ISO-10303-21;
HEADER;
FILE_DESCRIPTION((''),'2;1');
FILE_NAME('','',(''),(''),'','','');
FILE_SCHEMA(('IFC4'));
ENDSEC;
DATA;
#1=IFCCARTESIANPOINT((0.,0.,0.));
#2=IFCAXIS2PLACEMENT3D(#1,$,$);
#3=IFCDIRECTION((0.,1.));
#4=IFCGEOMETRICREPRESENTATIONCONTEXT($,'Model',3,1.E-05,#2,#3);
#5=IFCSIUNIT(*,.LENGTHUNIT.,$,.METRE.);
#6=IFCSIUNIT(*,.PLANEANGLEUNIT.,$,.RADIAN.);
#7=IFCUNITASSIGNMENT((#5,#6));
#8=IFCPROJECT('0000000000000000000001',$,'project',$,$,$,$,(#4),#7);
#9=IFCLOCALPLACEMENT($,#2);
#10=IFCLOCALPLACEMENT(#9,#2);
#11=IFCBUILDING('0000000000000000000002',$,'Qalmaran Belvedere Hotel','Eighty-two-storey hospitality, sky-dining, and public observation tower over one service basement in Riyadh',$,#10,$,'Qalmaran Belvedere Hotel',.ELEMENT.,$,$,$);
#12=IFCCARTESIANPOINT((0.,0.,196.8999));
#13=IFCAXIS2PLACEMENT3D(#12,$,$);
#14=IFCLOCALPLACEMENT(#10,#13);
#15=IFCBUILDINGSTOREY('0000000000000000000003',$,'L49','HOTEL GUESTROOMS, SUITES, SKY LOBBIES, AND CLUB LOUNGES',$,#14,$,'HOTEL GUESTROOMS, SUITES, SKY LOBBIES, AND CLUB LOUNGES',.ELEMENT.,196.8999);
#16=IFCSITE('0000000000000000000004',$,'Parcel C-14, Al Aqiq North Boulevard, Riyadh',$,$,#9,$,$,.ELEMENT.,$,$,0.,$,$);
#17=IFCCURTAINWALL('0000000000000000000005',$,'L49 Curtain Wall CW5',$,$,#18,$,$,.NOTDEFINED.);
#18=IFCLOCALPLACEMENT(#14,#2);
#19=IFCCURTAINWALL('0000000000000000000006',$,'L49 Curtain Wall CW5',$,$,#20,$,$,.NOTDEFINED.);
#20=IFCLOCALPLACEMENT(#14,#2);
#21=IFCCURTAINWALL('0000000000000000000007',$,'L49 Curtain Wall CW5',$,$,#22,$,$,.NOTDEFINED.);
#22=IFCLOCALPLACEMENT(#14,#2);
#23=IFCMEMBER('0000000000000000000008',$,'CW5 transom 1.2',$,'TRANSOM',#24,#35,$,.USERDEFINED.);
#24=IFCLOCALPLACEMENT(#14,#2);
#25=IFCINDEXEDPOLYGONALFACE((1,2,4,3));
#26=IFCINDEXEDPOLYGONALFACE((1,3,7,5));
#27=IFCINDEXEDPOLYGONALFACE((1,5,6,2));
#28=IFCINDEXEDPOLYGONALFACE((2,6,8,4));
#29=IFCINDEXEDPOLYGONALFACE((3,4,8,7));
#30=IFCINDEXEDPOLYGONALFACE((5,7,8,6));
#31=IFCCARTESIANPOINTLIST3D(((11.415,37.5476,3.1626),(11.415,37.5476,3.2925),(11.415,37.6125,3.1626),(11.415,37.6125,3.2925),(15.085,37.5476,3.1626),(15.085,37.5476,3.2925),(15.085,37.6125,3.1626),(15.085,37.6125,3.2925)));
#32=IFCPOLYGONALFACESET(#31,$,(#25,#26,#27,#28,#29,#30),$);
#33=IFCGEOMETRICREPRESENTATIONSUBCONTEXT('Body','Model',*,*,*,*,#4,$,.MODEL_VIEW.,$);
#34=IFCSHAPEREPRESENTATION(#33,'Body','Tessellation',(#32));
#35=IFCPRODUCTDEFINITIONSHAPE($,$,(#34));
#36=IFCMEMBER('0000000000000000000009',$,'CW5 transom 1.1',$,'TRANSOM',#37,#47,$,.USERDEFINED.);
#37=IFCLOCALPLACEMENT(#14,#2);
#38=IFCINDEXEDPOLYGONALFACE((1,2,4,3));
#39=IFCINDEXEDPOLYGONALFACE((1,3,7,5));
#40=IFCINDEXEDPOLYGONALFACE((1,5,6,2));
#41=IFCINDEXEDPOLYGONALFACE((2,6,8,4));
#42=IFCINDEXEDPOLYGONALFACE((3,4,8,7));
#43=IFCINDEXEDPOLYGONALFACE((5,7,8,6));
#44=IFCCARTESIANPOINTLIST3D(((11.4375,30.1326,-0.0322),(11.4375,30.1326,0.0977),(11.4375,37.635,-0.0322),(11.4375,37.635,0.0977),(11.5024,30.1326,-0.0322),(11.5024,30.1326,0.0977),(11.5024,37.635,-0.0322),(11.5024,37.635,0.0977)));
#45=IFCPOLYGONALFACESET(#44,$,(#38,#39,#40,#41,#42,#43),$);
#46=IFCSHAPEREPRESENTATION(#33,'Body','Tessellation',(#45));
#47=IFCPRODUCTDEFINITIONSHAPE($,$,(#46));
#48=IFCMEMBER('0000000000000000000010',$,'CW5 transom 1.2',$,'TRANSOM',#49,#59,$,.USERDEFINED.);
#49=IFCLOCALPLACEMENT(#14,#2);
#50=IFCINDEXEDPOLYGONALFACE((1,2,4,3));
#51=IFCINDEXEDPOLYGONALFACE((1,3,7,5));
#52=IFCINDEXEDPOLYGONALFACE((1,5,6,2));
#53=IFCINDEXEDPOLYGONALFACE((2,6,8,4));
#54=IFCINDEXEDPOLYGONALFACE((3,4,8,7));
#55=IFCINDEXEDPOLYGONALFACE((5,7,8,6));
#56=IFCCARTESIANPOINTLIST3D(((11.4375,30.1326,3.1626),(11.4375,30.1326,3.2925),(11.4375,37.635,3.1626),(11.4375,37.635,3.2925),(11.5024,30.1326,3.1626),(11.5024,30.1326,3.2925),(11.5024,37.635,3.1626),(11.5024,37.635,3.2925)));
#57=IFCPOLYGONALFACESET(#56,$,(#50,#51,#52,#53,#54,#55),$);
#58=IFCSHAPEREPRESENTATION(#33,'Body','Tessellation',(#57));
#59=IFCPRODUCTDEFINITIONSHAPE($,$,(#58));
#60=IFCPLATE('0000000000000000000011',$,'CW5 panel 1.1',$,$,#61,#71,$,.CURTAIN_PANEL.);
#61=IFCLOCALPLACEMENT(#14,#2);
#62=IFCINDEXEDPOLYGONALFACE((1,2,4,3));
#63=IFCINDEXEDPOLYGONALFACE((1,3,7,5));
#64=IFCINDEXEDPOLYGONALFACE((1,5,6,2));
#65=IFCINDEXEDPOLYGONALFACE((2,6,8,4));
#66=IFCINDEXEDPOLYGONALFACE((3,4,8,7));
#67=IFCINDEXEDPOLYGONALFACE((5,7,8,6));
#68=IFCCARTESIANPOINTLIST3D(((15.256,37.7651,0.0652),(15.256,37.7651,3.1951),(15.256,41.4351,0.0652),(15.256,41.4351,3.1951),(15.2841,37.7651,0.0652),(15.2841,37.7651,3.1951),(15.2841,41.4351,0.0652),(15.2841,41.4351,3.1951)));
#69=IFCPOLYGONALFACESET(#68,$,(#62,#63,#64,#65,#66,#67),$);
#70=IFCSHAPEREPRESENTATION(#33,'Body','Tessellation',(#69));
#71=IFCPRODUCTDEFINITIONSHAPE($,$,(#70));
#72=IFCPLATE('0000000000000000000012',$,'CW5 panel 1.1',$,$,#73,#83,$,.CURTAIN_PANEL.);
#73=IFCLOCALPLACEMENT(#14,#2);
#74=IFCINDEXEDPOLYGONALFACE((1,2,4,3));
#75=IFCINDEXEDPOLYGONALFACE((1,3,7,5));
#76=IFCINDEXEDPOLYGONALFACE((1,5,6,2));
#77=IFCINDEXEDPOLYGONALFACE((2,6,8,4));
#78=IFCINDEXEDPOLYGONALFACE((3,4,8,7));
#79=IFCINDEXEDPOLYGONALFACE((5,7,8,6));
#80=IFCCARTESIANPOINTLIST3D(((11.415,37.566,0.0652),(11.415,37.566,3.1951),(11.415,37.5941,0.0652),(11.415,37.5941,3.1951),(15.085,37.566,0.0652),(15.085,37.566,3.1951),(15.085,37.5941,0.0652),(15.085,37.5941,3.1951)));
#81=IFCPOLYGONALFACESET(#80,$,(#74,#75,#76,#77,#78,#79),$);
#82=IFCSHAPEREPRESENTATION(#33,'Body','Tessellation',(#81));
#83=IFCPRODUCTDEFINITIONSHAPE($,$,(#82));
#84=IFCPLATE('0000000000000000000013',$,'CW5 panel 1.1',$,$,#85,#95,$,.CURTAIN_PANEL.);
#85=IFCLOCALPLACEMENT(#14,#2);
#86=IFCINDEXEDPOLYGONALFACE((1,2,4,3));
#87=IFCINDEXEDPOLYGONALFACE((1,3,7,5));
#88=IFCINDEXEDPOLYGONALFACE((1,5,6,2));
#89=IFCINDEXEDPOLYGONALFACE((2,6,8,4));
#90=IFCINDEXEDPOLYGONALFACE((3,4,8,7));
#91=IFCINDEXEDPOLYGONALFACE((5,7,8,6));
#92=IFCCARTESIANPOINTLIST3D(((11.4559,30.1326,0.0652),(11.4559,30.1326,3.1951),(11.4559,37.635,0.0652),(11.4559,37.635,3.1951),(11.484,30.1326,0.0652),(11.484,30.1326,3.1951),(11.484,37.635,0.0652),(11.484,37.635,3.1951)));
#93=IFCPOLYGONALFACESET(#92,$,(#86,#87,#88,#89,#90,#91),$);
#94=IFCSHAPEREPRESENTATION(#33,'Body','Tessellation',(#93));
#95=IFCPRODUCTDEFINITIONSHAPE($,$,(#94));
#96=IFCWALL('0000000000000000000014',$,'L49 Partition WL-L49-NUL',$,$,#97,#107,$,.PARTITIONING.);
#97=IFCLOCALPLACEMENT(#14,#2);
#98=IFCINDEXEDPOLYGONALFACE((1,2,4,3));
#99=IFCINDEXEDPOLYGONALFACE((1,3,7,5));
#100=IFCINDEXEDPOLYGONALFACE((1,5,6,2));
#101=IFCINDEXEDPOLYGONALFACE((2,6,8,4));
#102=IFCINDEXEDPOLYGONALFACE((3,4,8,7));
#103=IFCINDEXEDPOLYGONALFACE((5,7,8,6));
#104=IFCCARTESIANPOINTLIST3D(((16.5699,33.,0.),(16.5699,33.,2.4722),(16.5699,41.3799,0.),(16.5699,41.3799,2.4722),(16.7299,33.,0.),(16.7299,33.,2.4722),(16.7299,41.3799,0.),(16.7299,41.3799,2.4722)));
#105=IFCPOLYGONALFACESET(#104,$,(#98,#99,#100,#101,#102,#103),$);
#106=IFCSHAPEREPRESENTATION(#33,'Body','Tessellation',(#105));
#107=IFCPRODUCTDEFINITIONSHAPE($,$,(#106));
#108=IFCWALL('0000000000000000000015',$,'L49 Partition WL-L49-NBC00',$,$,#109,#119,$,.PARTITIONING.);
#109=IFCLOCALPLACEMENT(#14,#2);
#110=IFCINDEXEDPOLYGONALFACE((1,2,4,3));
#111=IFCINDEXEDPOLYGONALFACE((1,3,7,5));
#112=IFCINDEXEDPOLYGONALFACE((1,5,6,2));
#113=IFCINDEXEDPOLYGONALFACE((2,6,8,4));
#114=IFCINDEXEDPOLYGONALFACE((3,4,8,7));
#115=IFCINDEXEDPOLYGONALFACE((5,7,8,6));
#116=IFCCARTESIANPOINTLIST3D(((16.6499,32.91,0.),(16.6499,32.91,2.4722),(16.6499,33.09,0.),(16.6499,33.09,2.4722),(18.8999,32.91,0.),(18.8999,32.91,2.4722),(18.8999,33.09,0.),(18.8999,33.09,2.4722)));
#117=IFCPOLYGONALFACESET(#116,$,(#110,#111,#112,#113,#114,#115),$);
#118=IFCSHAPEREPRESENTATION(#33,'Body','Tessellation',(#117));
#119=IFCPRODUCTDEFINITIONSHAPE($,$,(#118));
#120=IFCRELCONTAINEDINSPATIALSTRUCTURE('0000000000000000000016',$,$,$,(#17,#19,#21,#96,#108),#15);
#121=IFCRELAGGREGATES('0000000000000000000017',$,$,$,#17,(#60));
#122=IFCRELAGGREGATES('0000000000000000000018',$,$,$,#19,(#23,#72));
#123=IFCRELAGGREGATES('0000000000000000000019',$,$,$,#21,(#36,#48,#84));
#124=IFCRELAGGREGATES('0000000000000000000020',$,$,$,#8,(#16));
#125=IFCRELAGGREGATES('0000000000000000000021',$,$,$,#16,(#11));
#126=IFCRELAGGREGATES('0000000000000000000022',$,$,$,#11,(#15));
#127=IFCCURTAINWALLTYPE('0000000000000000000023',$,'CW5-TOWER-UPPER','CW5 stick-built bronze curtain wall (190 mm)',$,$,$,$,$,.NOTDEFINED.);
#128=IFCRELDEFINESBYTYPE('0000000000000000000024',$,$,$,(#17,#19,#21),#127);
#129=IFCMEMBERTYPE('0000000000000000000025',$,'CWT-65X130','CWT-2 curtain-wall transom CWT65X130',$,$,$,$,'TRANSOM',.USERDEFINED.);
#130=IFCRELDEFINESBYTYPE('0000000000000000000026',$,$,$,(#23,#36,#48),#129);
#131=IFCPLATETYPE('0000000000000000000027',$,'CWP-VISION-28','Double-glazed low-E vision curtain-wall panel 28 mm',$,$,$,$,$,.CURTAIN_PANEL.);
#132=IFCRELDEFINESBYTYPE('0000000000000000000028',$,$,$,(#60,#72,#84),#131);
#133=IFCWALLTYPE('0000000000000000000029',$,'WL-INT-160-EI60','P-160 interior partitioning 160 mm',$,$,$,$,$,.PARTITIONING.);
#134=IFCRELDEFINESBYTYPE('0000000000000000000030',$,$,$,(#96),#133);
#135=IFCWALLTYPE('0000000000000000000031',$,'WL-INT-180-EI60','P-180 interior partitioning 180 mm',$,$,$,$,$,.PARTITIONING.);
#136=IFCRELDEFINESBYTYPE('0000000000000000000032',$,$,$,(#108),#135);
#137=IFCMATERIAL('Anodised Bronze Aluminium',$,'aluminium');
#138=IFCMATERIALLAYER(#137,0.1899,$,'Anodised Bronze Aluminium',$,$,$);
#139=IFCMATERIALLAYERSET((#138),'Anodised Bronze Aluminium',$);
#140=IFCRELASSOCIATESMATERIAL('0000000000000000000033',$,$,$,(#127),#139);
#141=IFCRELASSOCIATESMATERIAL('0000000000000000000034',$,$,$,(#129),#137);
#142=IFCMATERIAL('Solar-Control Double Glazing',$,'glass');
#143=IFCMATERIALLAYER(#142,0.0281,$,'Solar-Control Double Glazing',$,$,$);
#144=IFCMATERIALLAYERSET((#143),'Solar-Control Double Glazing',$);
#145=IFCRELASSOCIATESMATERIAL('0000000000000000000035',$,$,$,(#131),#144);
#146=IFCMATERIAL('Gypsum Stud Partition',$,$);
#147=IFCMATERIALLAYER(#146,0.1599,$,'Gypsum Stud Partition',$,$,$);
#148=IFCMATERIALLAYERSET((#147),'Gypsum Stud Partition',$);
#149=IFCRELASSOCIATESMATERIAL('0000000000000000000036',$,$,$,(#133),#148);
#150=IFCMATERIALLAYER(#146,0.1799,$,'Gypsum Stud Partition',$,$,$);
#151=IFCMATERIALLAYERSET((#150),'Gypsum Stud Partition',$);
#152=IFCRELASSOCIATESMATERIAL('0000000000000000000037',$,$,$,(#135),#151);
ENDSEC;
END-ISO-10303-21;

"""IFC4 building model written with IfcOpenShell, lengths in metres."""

from ifc_helpers import new_model, si_unit, direction, frame, frame_2d, origin, origin_2d, place, context, subcontext, project, spatial, rectangle, extrude, material, layer, layer_set, material_profile, profile_set, type_object, element, aggregate, save


model = new_model("IFC4")

# Units and contexts
model_context = context("Model", 3, precision=1e-05, world=origin(), true_north=direction((0.0, 1.0)))
body_context = subcontext(model_context, "Body", "Model", "MODEL_VIEW")
ifc_project = project(units=[si_unit("LENGTHUNIT", "METRE"), si_unit("PLANEANGLEUNIT", "RADIAN")], contexts=[model_context])

# Site, building, storey
site_placement = place(None, origin())
site = spatial("IfcSite", under=ifc_project, at=site_placement, Name="Parcel C-14, Al Aqiq North Boulevard, Riyadh", CompositionType="ELEMENT", RefElevation=0.0)
building_placement = place(site_placement, origin())
building = spatial("IfcBuilding", under=site, at=building_placement, Name="Qalmaran Belvedere Hotel", Description="Eighty-two-storey hospitality, sky-dining, and public observation tower over one service basement in Riyadh", LongName="Qalmaran Belvedere Hotel", CompositionType="ELEMENT")
storey_placement = place(building_placement, frame((0.0, 0.0, 196.8999)))
storey = spatial("IfcBuildingStorey", under=building, at=storey_placement, Name="L49", Description="HOTEL GUESTROOMS, SUITES, SKY LOBBIES, AND CLUB LOUNGES", LongName="HOTEL GUESTROOMS, SUITES, SKY LOBBIES, AND CLUB LOUNGES", CompositionType="ELEMENT", Elevation=196.8999)

# Shared definitions
ifc_material_1 = material(Name="Anodised Bronze Aluminium", Category="aluminium")
ifc_layer_1 = layer(ifc_material_1, 0.1899, Name="Anodised Bronze Aluminium")
ifc_layer_set_1 = layer_set([ifc_layer_1], Name="Anodised Bronze Aluminium")
curtain_wall_type = type_object("IfcCurtainWallType", Name="CW5-TOWER-UPPER", Description="CW5 stick-built bronze curtain wall (190 mm)", PredefinedType="NOTDEFINED", material=ifc_layer_set_1)

# Curtain walls
curtain_wall_1_placement = place(storey_placement, origin())
curtain_wall_1 = element("IfcCurtainWall", 1, at=curtain_wall_1_placement, inside=storey, type_object=curtain_wall_type, Name="L49 Curtain Wall CW5", PredefinedType="NOTDEFINED")
curtain_wall_2_placement = place(storey_placement, origin())
curtain_wall_2 = element("IfcCurtainWall", 2, at=curtain_wall_2_placement, inside=storey, type_object=curtain_wall_type, Name="L49 Curtain Wall CW5", PredefinedType="NOTDEFINED")

# Curtain wall
curtain_wall_3_placement = place(storey_placement, origin())
curtain_wall_3 = element("IfcCurtainWall", 3, at=curtain_wall_3_placement, inside=storey, type_object=curtain_wall_type, Name="L49 Curtain Wall CW5", PredefinedType="NOTDEFINED")

# Members
ifc_material_profile_1 = material_profile(ifc_material_1, rectangle(XDim=0.0649, YDim=0.1299, at=origin_2d()), Name="CWT65X130")
ifc_profile_set_1 = profile_set([ifc_material_profile_1], Name="Anodised Bronze Aluminium")
member_type_1 = type_object("IfcMemberType", Name="CWT-65X130", Description="CWT-2 curtain-wall transom CWT65X130", ElementType="TRANSOM", PredefinedType="USERDEFINED", material=ifc_profile_set_1)
member_1_placement = place(storey_placement, frame((15.085, 37.5801, 3.2275), z_axis=(-1.0, 0.0, 0.0), x_axis=(0.0, -1.0, 0.0)))
member_1 = element("IfcMember", 4, at=member_1_placement, type_object=member_type_1, Name="CW5 transom 1.2", ObjectType="TRANSOM", PredefinedType="USERDEFINED", context=body_context, shape_type="SweptSolid", body=[
    extrude(rectangle(XDim=0.0649, YDim=0.1299, at=origin_2d()), origin(), (0.0, 0.0, 1.0), 3.6699),
])
member_2_placement = place(storey_placement, frame((11.47, 37.635, 0.0327), z_axis=(0.0, -1.0, 0.0), x_axis=(1.0, 0.0, 0.0)))
member_2 = element("IfcMember", 5, at=member_2_placement, type_object=member_type_1, Name="CW5 transom 1.1", ObjectType="TRANSOM", PredefinedType="USERDEFINED", context=body_context, shape_type="SweptSolid", body=[
    extrude(rectangle(XDim=0.0649, YDim=0.1299, at=origin_2d()), origin(), (0.0, 0.0, 1.0), 7.5024),
])
member_3_placement = place(storey_placement, frame((11.47, 37.635, 3.2275), z_axis=(0.0, -1.0, 0.0), x_axis=(1.0, 0.0, 0.0)))
member_3 = element("IfcMember", 6, at=member_3_placement, type_object=member_type_1, Name="CW5 transom 1.2", ObjectType="TRANSOM", PredefinedType="USERDEFINED", context=body_context, shape_type="SweptSolid", body=[
    extrude(rectangle(XDim=0.0649, YDim=0.1299, at=origin_2d()), origin(), (0.0, 0.0, 1.0), 7.5024),
])

# Plates
ifc_material_2 = material(Name="Solar-Control Double Glazing", Category="glass")
ifc_layer_2 = layer(ifc_material_2, 0.0281, Name="Solar-Control Double Glazing")
ifc_layer_set_2 = layer_set([ifc_layer_2], Name="Solar-Control Double Glazing")
plate_type = type_object("IfcPlateType", Name="CWP-VISION-28", Description="Double-glazed low-E vision curtain-wall panel 28 mm", PredefinedType="CURTAIN_PANEL", material=ifc_layer_set_2)
plate_1_placement = place(storey_placement, frame((15.27, 39.6001, 0.0652), z_axis=(0.0, 0.0, 1.0), x_axis=(0.0, -1.0, 0.0)))
plate_1 = element("IfcPlate", 7, at=plate_1_placement, type_object=plate_type, Name="CW5 panel 1.1", PredefinedType="CURTAIN_PANEL", context=body_context, shape_type="SweptSolid", body=[
    extrude(rectangle(XDim=3.6699, YDim=0.0281, at=origin_2d()), origin(), (0.0, 0.0, 1.0), 3.1299),
])
aggregate(curtain_wall_1, [plate_1])
plate_2_placement = place(storey_placement, frame((13.25, 37.5801, 0.0652), z_axis=(0.0, 0.0, 1.0), x_axis=(-1.0, 0.0, 0.0)))
plate_2 = element("IfcPlate", 8, at=plate_2_placement, type_object=plate_type, Name="CW5 panel 1.1", PredefinedType="CURTAIN_PANEL", context=body_context, shape_type="SweptSolid", body=[
    extrude(rectangle(XDim=3.6699, YDim=0.0281, at=origin_2d()), origin(), (0.0, 0.0, 1.0), 3.1299),
])
aggregate(curtain_wall_2, [member_1, plate_2])
plate_3_placement = place(storey_placement, frame((11.47, 33.8838, 0.0652), z_axis=(0.0, 0.0, 1.0), x_axis=(0.0, -1.0, 0.0)))
plate_3 = element("IfcPlate", 9, at=plate_3_placement, type_object=plate_type, Name="CW5 panel 1.1", PredefinedType="CURTAIN_PANEL", context=body_context, shape_type="SweptSolid", body=[
    extrude(rectangle(XDim=7.5024, YDim=0.0281, at=origin_2d()), origin(), (0.0, 0.0, 1.0), 3.1299),
])
aggregate(curtain_wall_3, [member_2, member_3, plate_3])

# Walls
ifc_material_3 = material(Name="Gypsum Stud Partition")
ifc_layer_3 = layer(ifc_material_3, 0.1599, Name="Gypsum Stud Partition")
ifc_layer_set_3 = layer_set([ifc_layer_3], Name="Gypsum Stud Partition")
wall_type_1 = type_object("IfcWallType", Name="WL-INT-160-EI60", Description="P-160 interior partitioning 160 mm", PredefinedType="PARTITIONING", material=ifc_layer_set_3)
wall_1_placement = place(storey_placement, frame((16.6499, 33.0, 0.0), z_axis=(0.0, 0.0, 1.0), x_axis=(0.0, 1.0, 0.0)))
element("IfcWall", 10, at=wall_1_placement, inside=storey, type_object=wall_type_1, Name="L49 Partition WL-L49-NUL", PredefinedType="PARTITIONING", context=body_context, shape_type="SweptSolid", body=[
    extrude(rectangle(XDim=8.3799, YDim=0.1599, at=frame_2d((4.1899, 0.0))), origin(), (0.0, 0.0, 1.0), 2.4722),
])
ifc_layer_4 = layer(ifc_material_3, 0.1799, Name="Gypsum Stud Partition")
ifc_layer_set_4 = layer_set([ifc_layer_4], Name="Gypsum Stud Partition")
wall_type_2 = type_object("IfcWallType", Name="WL-INT-180-EI60", Description="P-180 interior partitioning 180 mm", PredefinedType="PARTITIONING", material=ifc_layer_set_4)
wall_2_placement = place(storey_placement, frame((16.6499, 33.0, 0.0), z_axis=(0.0, 0.0, 1.0), x_axis=(1.0, 0.0, 0.0)))
element("IfcWall", 11, at=wall_2_placement, inside=storey, type_object=wall_type_2, Name="L49 Partition WL-L49-NBC00", PredefinedType="PARTITIONING", context=body_context, shape_type="SweptSolid", body=[
    extrude(rectangle(XDim=2.25, YDim=0.1799, at=frame_2d((1.125, 0.0))), origin(), (0.0, 0.0, 1.0), 2.4722),
])

save(model, "model.ifc")
